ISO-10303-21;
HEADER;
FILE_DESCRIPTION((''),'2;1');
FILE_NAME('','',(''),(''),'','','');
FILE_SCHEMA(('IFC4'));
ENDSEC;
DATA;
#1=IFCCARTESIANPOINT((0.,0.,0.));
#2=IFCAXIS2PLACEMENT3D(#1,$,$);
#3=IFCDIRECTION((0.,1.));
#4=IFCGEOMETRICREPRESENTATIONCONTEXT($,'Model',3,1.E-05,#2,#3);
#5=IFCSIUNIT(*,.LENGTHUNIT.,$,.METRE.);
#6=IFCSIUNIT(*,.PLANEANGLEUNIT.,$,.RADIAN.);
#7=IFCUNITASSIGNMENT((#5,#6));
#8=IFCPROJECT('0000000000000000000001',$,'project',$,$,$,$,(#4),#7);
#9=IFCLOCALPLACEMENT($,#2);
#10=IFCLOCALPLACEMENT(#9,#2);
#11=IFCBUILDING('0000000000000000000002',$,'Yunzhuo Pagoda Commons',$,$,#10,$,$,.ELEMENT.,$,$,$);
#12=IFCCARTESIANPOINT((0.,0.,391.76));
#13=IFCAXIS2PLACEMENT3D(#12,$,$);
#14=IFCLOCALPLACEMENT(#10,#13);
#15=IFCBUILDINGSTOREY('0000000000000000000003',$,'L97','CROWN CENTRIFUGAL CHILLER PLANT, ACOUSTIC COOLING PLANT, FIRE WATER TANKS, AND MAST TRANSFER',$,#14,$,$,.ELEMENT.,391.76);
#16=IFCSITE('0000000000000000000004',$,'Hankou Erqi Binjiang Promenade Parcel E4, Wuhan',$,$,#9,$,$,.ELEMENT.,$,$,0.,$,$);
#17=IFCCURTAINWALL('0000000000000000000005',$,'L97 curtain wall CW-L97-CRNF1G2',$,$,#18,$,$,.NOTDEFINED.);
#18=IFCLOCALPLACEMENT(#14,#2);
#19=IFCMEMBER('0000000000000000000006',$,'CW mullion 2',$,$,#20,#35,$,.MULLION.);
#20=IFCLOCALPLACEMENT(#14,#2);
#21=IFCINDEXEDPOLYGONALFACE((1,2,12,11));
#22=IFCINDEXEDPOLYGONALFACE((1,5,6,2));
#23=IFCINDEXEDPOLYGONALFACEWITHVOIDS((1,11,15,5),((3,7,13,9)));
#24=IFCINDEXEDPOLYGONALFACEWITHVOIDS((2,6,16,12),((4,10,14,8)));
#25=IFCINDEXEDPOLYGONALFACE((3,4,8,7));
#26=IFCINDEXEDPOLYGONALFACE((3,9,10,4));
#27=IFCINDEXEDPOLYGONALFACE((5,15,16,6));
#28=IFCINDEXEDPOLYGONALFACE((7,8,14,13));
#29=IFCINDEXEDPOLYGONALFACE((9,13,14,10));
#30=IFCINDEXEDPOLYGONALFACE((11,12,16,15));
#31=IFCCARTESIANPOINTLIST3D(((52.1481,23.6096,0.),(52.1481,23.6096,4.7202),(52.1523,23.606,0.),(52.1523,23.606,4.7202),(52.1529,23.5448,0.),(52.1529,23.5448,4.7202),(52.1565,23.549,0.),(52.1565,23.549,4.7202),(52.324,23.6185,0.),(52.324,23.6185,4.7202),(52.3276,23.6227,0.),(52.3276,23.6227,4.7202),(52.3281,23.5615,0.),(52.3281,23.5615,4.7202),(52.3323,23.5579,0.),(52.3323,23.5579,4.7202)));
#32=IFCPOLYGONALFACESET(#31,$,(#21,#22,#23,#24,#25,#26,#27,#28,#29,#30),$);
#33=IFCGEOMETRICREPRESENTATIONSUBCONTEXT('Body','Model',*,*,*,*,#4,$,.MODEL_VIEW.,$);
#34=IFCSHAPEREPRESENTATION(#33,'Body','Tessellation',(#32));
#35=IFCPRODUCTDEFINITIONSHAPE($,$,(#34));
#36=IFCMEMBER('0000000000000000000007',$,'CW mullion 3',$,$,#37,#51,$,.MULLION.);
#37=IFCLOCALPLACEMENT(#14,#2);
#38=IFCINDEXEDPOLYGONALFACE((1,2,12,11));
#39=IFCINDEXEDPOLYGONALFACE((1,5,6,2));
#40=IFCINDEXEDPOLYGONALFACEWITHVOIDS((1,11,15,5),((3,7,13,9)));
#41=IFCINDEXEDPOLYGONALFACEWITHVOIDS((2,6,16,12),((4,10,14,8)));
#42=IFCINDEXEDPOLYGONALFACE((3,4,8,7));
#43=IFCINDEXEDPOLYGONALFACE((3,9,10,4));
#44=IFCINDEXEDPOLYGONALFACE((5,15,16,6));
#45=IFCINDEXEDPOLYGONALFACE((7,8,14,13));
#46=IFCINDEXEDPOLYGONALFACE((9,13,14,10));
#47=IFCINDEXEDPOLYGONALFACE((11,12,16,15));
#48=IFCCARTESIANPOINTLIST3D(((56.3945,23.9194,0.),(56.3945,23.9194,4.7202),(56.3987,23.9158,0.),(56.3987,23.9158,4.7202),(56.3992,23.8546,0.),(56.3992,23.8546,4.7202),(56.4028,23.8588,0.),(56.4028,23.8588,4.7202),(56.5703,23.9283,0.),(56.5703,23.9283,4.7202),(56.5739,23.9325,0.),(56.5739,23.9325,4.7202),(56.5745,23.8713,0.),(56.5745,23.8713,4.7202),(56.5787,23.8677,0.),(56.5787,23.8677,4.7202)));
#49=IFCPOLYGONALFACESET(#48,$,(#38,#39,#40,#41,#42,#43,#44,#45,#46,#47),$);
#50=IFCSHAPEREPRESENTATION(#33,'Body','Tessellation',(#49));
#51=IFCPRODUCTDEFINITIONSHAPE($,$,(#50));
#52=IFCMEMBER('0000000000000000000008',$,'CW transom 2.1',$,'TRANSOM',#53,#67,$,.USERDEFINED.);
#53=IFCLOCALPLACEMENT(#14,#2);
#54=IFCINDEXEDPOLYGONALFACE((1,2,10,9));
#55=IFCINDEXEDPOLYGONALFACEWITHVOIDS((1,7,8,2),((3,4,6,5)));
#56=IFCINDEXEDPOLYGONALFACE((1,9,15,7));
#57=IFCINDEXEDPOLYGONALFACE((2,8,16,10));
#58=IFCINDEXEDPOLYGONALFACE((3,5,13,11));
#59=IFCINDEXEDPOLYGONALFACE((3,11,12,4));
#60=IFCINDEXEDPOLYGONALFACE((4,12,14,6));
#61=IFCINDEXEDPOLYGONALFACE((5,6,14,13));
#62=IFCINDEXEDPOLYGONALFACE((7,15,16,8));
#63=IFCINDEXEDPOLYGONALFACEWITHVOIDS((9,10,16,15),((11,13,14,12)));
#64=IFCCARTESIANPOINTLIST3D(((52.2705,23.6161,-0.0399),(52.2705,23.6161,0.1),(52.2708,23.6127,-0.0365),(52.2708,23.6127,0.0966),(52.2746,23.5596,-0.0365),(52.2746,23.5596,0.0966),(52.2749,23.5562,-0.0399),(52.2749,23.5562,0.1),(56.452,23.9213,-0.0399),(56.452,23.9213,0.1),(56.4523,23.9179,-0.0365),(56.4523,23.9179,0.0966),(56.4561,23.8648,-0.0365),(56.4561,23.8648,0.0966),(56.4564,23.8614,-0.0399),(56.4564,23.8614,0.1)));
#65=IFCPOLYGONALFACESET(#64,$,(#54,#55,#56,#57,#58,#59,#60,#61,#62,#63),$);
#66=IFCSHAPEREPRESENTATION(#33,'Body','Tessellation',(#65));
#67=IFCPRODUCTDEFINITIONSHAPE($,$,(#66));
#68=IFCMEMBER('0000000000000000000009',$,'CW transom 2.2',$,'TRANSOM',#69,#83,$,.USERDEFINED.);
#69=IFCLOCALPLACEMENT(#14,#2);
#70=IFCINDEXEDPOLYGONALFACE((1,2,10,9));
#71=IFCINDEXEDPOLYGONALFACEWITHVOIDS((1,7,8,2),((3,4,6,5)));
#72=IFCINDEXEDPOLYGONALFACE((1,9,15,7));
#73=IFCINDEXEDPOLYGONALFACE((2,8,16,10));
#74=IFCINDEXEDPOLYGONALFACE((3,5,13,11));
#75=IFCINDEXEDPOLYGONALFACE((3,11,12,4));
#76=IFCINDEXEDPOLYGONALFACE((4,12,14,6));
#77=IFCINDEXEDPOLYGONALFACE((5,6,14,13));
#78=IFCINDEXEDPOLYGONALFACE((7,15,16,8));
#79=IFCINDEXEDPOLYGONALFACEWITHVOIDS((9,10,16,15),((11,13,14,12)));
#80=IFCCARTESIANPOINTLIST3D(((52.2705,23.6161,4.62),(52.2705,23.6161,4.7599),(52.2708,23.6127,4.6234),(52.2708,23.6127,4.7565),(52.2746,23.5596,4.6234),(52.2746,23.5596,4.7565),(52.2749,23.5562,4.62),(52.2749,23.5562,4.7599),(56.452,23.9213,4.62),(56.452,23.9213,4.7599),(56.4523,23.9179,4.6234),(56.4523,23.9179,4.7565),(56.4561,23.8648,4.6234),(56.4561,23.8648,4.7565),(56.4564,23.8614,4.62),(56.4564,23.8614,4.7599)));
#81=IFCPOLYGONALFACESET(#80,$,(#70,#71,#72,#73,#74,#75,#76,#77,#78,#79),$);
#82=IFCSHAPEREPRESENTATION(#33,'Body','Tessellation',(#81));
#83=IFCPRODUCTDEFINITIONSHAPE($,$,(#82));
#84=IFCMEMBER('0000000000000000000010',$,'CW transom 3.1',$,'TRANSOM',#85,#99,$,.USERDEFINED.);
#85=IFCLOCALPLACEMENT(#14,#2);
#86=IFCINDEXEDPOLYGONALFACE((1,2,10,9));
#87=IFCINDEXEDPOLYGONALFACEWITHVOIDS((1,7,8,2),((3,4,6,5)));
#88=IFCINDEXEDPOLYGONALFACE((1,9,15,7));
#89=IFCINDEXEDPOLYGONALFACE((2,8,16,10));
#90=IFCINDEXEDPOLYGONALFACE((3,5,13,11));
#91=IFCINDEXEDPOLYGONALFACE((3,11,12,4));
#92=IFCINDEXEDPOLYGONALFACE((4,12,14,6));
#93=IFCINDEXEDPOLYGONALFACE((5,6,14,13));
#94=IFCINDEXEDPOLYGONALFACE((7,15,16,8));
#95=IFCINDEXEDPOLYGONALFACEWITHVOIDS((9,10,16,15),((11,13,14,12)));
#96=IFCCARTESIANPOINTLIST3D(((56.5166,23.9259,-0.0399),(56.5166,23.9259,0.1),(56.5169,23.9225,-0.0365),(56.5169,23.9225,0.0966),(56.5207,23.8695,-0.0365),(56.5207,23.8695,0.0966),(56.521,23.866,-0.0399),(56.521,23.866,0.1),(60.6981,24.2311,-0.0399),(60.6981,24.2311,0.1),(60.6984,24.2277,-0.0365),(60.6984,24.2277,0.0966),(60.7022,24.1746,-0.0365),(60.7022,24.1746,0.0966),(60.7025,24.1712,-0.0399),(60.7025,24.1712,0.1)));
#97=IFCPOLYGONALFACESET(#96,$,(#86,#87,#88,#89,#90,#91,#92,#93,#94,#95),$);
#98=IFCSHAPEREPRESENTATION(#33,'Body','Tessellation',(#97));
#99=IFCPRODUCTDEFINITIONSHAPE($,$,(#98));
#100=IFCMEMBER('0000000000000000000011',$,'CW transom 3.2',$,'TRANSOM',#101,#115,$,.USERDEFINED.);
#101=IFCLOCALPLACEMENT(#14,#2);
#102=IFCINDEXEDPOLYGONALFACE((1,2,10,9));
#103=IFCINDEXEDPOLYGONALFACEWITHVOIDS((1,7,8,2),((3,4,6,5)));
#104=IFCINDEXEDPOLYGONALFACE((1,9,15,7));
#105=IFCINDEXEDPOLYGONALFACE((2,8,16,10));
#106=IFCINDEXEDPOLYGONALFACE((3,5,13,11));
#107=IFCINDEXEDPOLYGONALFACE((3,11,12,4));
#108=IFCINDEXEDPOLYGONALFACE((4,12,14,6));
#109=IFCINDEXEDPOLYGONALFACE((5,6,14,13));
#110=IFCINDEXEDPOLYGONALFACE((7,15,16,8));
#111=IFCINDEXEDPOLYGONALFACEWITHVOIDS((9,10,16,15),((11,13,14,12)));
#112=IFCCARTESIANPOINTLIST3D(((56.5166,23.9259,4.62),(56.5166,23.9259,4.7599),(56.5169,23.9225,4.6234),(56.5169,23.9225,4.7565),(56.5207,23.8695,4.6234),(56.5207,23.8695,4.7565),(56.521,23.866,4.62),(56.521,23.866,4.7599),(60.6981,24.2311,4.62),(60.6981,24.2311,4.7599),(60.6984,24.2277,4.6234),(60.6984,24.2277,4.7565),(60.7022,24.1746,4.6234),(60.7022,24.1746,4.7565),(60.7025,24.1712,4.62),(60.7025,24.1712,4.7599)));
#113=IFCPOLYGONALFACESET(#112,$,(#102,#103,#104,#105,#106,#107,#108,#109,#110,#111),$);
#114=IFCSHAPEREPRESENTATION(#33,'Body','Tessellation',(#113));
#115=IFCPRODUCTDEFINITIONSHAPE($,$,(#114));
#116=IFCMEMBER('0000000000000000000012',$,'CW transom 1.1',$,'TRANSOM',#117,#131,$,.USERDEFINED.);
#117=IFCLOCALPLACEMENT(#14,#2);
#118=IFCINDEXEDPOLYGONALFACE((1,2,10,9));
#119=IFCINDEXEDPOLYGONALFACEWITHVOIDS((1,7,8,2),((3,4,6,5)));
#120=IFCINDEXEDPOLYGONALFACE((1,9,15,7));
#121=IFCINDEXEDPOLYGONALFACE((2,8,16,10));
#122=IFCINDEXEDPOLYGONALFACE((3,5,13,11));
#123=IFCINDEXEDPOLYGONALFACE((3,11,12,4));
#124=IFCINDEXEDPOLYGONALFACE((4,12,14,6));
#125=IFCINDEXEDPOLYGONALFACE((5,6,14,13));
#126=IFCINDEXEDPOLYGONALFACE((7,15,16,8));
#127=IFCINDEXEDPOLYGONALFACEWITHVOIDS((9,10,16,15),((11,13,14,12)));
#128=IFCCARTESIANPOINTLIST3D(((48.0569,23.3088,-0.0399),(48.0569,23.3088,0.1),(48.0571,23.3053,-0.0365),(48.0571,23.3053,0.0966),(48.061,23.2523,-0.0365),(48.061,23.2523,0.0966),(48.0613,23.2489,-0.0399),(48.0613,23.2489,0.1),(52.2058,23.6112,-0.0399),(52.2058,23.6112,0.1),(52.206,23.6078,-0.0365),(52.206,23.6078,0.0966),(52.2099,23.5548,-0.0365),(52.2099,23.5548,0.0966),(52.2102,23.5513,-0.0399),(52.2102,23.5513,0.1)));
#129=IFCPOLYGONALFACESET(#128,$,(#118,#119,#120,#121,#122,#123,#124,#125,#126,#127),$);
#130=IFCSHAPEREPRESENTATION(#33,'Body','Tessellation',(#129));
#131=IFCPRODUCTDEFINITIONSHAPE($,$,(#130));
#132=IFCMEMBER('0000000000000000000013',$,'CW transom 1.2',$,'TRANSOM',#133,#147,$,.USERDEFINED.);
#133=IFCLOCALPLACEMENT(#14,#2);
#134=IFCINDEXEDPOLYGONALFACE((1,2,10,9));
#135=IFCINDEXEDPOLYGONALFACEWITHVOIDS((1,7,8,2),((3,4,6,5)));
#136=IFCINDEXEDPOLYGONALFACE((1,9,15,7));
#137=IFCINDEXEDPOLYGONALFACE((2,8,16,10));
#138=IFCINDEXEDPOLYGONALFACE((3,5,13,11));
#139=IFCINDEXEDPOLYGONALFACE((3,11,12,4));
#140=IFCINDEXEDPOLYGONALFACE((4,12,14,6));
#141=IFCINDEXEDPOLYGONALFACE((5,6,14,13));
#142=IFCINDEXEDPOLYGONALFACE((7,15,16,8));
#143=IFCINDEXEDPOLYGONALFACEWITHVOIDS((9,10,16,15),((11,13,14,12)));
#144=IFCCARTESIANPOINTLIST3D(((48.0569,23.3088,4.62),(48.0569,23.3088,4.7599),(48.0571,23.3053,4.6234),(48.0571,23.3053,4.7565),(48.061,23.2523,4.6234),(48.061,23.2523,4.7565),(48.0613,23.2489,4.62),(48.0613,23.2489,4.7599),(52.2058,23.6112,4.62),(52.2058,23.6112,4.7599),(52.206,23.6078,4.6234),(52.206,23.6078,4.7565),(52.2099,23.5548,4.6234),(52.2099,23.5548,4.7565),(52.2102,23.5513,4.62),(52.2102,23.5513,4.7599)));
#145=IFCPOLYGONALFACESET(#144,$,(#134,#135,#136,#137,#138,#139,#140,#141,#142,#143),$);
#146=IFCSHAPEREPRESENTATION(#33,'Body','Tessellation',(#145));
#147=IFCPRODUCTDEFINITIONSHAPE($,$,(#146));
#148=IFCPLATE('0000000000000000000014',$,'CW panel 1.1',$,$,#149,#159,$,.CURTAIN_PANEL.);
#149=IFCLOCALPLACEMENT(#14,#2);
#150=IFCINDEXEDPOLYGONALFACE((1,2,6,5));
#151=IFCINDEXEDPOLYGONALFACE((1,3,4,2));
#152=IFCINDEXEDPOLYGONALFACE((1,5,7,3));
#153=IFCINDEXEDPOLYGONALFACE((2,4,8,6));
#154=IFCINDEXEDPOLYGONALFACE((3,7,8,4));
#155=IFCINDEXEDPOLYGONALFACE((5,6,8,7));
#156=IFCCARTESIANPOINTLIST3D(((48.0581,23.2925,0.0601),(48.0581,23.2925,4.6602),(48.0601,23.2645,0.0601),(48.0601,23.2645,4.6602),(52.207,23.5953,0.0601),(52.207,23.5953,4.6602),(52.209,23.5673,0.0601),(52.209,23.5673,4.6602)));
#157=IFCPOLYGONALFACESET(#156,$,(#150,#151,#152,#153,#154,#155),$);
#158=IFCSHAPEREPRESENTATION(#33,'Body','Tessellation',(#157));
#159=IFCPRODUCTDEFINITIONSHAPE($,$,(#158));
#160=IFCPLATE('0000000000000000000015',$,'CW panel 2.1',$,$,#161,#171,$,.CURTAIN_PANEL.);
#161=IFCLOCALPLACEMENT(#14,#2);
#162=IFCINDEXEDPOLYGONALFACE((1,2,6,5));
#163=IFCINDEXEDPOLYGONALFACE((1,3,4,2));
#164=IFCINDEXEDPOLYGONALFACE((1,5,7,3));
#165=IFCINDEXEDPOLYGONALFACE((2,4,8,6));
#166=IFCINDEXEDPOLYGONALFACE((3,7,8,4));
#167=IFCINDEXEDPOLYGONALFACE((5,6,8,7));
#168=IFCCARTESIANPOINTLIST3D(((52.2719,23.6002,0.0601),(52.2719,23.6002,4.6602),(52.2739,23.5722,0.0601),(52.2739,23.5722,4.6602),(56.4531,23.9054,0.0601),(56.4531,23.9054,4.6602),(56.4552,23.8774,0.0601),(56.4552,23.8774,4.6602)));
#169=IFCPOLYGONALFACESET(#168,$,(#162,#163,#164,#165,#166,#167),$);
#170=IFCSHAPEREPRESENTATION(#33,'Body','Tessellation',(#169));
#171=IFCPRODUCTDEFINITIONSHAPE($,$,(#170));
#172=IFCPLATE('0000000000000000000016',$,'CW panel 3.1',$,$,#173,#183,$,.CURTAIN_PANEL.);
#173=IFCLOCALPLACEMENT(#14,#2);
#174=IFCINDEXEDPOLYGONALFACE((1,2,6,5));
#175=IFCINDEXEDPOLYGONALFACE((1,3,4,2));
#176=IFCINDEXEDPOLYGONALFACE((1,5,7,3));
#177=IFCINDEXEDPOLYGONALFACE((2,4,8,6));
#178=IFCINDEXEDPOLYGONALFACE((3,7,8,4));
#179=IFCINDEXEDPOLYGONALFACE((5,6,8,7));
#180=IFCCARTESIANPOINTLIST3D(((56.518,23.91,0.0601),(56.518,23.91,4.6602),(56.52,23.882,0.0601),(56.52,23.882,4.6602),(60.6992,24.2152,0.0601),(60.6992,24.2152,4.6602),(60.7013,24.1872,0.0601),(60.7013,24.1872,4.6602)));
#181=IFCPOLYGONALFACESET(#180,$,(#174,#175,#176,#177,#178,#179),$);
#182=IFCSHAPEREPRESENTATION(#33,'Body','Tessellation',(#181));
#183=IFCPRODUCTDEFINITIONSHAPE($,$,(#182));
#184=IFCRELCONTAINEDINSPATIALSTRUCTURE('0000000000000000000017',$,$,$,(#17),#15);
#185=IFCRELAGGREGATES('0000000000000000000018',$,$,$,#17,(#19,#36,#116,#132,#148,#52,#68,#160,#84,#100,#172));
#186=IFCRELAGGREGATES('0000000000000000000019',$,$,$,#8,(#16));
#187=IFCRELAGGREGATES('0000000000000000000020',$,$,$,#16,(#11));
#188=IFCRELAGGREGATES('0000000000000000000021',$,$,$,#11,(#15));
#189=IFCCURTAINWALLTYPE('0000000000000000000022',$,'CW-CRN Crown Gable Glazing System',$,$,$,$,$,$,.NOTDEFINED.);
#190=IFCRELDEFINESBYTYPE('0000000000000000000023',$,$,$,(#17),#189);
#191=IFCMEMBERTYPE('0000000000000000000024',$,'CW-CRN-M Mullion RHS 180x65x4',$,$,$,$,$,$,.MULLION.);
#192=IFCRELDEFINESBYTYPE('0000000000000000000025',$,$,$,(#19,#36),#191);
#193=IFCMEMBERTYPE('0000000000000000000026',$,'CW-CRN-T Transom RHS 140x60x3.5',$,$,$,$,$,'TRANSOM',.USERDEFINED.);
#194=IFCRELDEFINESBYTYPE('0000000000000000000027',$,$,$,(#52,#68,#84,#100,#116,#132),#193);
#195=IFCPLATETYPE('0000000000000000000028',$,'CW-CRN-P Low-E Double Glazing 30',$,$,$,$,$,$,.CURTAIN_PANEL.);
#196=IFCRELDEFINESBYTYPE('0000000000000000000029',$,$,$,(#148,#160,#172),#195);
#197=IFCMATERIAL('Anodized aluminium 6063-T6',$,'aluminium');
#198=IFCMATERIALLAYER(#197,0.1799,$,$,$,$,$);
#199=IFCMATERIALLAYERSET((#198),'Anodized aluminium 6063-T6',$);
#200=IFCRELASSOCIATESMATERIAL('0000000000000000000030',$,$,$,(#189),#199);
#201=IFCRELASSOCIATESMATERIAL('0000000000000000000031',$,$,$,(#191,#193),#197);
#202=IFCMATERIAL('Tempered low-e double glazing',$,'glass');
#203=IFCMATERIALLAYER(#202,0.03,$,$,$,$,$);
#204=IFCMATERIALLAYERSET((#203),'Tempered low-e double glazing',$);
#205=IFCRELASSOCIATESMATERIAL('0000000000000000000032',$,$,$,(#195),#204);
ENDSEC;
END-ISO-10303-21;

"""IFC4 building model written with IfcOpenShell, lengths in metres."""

from ifc_helpers import new_model, si_unit, direction, frame, origin, origin_2d, place, context, subcontext, project, spatial, rectangle, hollow_rectangle, extrude, source, transform, mapped, material, layer, layer_set, material_profile, profile_set, type_object, element, aggregate, save


model = new_model("IFC4")

# Units and contexts
model_context = context("Model", 3, precision=1e-05, world=origin(), true_north=direction((0.0, 1.0)))
body_context = subcontext(model_context, "Body", "Model", "MODEL_VIEW")
ifc_project = project(units=[si_unit("LENGTHUNIT", "METRE"), si_unit("PLANEANGLEUNIT", "RADIAN")], contexts=[model_context])

# Site, building, storey
site_placement = place(None, origin())
site = spatial("IfcSite", under=ifc_project, at=site_placement, Name="Hankou Erqi Binjiang Promenade Parcel E4, Wuhan", CompositionType="ELEMENT", RefElevation=0.0)
building_placement = place(site_placement, origin())
building = spatial("IfcBuilding", under=site, at=building_placement, Name="Yunzhuo Pagoda Commons", CompositionType="ELEMENT")
storey_placement = place(building_placement, frame((0.0, 0.0, 391.76)))
storey = spatial("IfcBuildingStorey", under=building, at=storey_placement, Name="L97", Description="CROWN CENTRIFUGAL CHILLER PLANT, ACOUSTIC COOLING PLANT, FIRE WATER TANKS, AND MAST TRANSFER", CompositionType="ELEMENT", Elevation=391.76)

# Shared definitions
ifc_material_1 = material(Name="Anodized aluminium 6063-T6", Category="aluminium")
ifc_layer_1 = layer(ifc_material_1, 0.1799)
ifc_layer_set_1 = layer_set([ifc_layer_1], Name="Anodized aluminium 6063-T6")
curtain_wall_type = type_object("IfcCurtainWallType", Name="CW-CRN Crown Gable Glazing System", PredefinedType="NOTDEFINED", material=ifc_layer_set_1)
ifc_material_profile_1 = material_profile(ifc_material_1, hollow_rectangle(XDim=0.0649, YDim=0.1799, WallThickness=0.0039, at=origin_2d()), Name="Anodized aluminium 6063-T6")
ifc_profile_set_1 = profile_set([ifc_material_profile_1], Name="Anodized aluminium 6063-T6")
member_type_1 = type_object("IfcMemberType", Name="CW-CRN-M Mullion RHS 180x65x4", PredefinedType="MULLION", material=ifc_profile_set_1)
shared_shape_1 = source(origin(), body_context, "Body", "SweptSolid", [
    extrude(hollow_rectangle(XDim=0.0649, YDim=0.1799, WallThickness=0.0039, at=origin_2d()), origin(), (0.0, 0.0, 1.0), 4.7202),
])

# Curtain wall, members, plates
curtain_wall_1_placement = place(storey_placement, origin())
curtain_wall_1 = element("IfcCurtainWall", 1, at=curtain_wall_1_placement, inside=storey, type_object=curtain_wall_type, Name="L97 curtain wall CW-L97-CRNF1G2", PredefinedType="NOTDEFINED")
member_1_placement = place(storey_placement, frame((52.2402, 23.5837, 0.0), z_axis=(0.0, 0.0, 1.0), x_axis=(-0.072796, 0.997347, 0.0)))
member_1 = element("IfcMember", 2, at=member_1_placement, type_object=member_type_1, Name="CW mullion 2", PredefinedType="MULLION", context=body_context, shape_type="MappedRepresentation", body=[
    mapped(shared_shape_1, transform((0.0, 0.0, 0.0), scale=1.0)),
])
member_2_placement = place(storey_placement, frame((56.4866, 23.8936, 0.0), z_axis=(0.0, 0.0, 1.0), x_axis=(-0.072796, 0.997347, 0.0)))
member_2 = element("IfcMember", 3, at=member_2_placement, type_object=member_type_1, Name="CW mullion 3", PredefinedType="MULLION", context=body_context, shape_type="MappedRepresentation", body=[
    mapped(shared_shape_1, transform((0.0, 0.0, 0.0), scale=1.0)),
])
ifc_material_profile_2 = material_profile(ifc_material_1, hollow_rectangle(XDim=0.0601, YDim=0.1399, WallThickness=0.0034, at=origin_2d()), Name="Anodized aluminium 6063-T6")
ifc_profile_set_2 = profile_set([ifc_material_profile_2], Name="Anodized aluminium 6063-T6")
member_type_2 = type_object("IfcMemberType", Name="CW-CRN-T Transom RHS 140x60x3.5", ElementType="TRANSOM", PredefinedType="USERDEFINED", material=ifc_profile_set_2)
shared_shape_2 = source(origin(), body_context, "Body", "SweptSolid", [
    extrude(hollow_rectangle(XDim=0.0601, YDim=0.1399, WallThickness=0.0034, at=origin_2d()), origin(), (0.0, 0.0, 1.0), 4.1926),
])
member_3_placement = place(storey_placement, frame((52.2727, 23.5862, 0.03), z_axis=(0.997347, 0.072791, 0.0), x_axis=(-0.072791, 0.997347, 0.0)))
member_3 = element("IfcMember", 4, at=member_3_placement, type_object=member_type_2, Name="CW transom 2.1", ObjectType="TRANSOM", PredefinedType="USERDEFINED", context=body_context, shape_type="MappedRepresentation", body=[
    mapped(shared_shape_2, transform((0.0, 0.0, 0.0), scale=1.0)),
])
member_4_placement = place(storey_placement, frame((52.2727, 23.5862, 4.6899), z_axis=(0.997347, 0.072791, 0.0), x_axis=(-0.072791, 0.997347, 0.0)))
member_4 = element("IfcMember", 5, at=member_4_placement, type_object=member_type_2, Name="CW transom 2.2", ObjectType="TRANSOM", PredefinedType="USERDEFINED", context=body_context, shape_type="MappedRepresentation", body=[
    mapped(shared_shape_2, transform((0.0, 0.0, 0.0), scale=1.0)),
])
member_5_placement = place(storey_placement, frame((56.5188, 23.896, 0.03), z_axis=(0.997347, 0.072791, 0.0), x_axis=(-0.072791, 0.997347, 0.0)))
member_5 = element("IfcMember", 6, at=member_5_placement, type_object=member_type_2, Name="CW transom 3.1", ObjectType="TRANSOM", PredefinedType="USERDEFINED", context=body_context, shape_type="MappedRepresentation", body=[
    mapped(shared_shape_2, transform((0.0, 0.0, 0.0), scale=1.0)),
])
member_6_placement = place(storey_placement, frame((56.5188, 23.896, 4.6899), z_axis=(0.997347, 0.072791, 0.0), x_axis=(-0.072791, 0.997347, 0.0)))
member_6 = element("IfcMember", 7, at=member_6_placement, type_object=member_type_2, Name="CW transom 3.2", ObjectType="TRANSOM", PredefinedType="USERDEFINED", context=body_context, shape_type="MappedRepresentation", body=[
    mapped(shared_shape_2, transform((0.0, 0.0, 0.0), scale=1.0)),
])
shared_shape_3 = source(origin(), body_context, "Body", "SweptSolid", [
    extrude(hollow_rectangle(XDim=0.0601, YDim=0.1399, WallThickness=0.0034, at=origin_2d()), origin(), (0.0, 0.0, 1.0), 4.1599),
])
member_7_placement = place(storey_placement, frame((48.0591, 23.2788, 0.03), z_axis=(0.997353, 0.072715, 0.0), x_axis=(-0.072715, 0.997353, 0.0)))
member_7 = element("IfcMember", 8, at=member_7_placement, type_object=member_type_2, Name="CW transom 1.1", ObjectType="TRANSOM", PredefinedType="USERDEFINED", context=body_context, shape_type="MappedRepresentation", body=[
    mapped(shared_shape_3, transform((0.0, 0.0, 0.0), scale=1.0)),
])
member_8_placement = place(storey_placement, frame((48.0591, 23.2788, 4.6899), z_axis=(0.997353, 0.072715, 0.0), x_axis=(-0.072715, 0.997353, 0.0)))
member_8 = element("IfcMember", 9, at=member_8_placement, type_object=member_type_2, Name="CW transom 1.2", ObjectType="TRANSOM", PredefinedType="USERDEFINED", context=body_context, shape_type="MappedRepresentation", body=[
    mapped(shared_shape_3, transform((0.0, 0.0, 0.0), scale=1.0)),
])
ifc_material_2 = material(Name="Tempered low-e double glazing", Category="glass")
ifc_layer_2 = layer(ifc_material_2, 0.03)
ifc_layer_set_2 = layer_set([ifc_layer_2], Name="Tempered low-e double glazing")
plate_type = type_object("IfcPlateType", Name="CW-CRN-P Low-E Double Glazing 30", PredefinedType="CURTAIN_PANEL", material=ifc_layer_set_2)
shared_shape_4 = source(origin(), body_context, "Body", "SweptSolid", [
    extrude(rectangle(XDim=4.1599, YDim=0.0281, at=origin_2d()), origin(), (0.0, 0.0, 1.0), 4.6001),
])
plate_1_placement = place(storey_placement, frame((50.1335, 23.4299, 0.0601), z_axis=(0.0, 0.0, 1.0), x_axis=(0.997347, 0.072796, 0.0)))
plate_1 = element("IfcPlate", 10, at=plate_1_placement, type_object=plate_type, Name="CW panel 1.1", PredefinedType="CURTAIN_PANEL", context=body_context, shape_type="MappedRepresentation", body=[
    mapped(shared_shape_4, transform((0.0, 0.0, 0.0), scale=1.0)),
])
shared_shape_5 = source(origin(), body_context, "Body", "SweptSolid", [
    extrude(rectangle(XDim=4.1924, YDim=0.0281, at=origin_2d()), origin(), (0.0, 0.0, 1.0), 4.6001),
])
plate_2_placement = place(storey_placement, frame((54.3635, 23.7388, 0.0601), z_axis=(0.0, 0.0, 1.0), x_axis=(0.997347, 0.072796, 0.0)))
plate_2 = element("IfcPlate", 11, at=plate_2_placement, type_object=plate_type, Name="CW panel 2.1", PredefinedType="CURTAIN_PANEL", context=body_context, shape_type="MappedRepresentation", body=[
    mapped(shared_shape_5, transform((0.0, 0.0, 0.0), scale=1.0)),
])
plate_3_placement = place(storey_placement, frame((58.6096, 24.0486, 0.0601), z_axis=(0.0, 0.0, 1.0), x_axis=(0.997347, 0.072796, 0.0)))
plate_3 = element("IfcPlate", 12, at=plate_3_placement, type_object=plate_type, Name="CW panel 3.1", PredefinedType="CURTAIN_PANEL", context=body_context, shape_type="MappedRepresentation", body=[
    mapped(shared_shape_5, transform((0.0, 0.0, 0.0), scale=1.0)),
])
aggregate(curtain_wall_1, [member_1, member_2, member_7, member_8, plate_1, member_3, member_4, plate_2, member_5, member_6, plate_3])

save(model, "model.ifc")
